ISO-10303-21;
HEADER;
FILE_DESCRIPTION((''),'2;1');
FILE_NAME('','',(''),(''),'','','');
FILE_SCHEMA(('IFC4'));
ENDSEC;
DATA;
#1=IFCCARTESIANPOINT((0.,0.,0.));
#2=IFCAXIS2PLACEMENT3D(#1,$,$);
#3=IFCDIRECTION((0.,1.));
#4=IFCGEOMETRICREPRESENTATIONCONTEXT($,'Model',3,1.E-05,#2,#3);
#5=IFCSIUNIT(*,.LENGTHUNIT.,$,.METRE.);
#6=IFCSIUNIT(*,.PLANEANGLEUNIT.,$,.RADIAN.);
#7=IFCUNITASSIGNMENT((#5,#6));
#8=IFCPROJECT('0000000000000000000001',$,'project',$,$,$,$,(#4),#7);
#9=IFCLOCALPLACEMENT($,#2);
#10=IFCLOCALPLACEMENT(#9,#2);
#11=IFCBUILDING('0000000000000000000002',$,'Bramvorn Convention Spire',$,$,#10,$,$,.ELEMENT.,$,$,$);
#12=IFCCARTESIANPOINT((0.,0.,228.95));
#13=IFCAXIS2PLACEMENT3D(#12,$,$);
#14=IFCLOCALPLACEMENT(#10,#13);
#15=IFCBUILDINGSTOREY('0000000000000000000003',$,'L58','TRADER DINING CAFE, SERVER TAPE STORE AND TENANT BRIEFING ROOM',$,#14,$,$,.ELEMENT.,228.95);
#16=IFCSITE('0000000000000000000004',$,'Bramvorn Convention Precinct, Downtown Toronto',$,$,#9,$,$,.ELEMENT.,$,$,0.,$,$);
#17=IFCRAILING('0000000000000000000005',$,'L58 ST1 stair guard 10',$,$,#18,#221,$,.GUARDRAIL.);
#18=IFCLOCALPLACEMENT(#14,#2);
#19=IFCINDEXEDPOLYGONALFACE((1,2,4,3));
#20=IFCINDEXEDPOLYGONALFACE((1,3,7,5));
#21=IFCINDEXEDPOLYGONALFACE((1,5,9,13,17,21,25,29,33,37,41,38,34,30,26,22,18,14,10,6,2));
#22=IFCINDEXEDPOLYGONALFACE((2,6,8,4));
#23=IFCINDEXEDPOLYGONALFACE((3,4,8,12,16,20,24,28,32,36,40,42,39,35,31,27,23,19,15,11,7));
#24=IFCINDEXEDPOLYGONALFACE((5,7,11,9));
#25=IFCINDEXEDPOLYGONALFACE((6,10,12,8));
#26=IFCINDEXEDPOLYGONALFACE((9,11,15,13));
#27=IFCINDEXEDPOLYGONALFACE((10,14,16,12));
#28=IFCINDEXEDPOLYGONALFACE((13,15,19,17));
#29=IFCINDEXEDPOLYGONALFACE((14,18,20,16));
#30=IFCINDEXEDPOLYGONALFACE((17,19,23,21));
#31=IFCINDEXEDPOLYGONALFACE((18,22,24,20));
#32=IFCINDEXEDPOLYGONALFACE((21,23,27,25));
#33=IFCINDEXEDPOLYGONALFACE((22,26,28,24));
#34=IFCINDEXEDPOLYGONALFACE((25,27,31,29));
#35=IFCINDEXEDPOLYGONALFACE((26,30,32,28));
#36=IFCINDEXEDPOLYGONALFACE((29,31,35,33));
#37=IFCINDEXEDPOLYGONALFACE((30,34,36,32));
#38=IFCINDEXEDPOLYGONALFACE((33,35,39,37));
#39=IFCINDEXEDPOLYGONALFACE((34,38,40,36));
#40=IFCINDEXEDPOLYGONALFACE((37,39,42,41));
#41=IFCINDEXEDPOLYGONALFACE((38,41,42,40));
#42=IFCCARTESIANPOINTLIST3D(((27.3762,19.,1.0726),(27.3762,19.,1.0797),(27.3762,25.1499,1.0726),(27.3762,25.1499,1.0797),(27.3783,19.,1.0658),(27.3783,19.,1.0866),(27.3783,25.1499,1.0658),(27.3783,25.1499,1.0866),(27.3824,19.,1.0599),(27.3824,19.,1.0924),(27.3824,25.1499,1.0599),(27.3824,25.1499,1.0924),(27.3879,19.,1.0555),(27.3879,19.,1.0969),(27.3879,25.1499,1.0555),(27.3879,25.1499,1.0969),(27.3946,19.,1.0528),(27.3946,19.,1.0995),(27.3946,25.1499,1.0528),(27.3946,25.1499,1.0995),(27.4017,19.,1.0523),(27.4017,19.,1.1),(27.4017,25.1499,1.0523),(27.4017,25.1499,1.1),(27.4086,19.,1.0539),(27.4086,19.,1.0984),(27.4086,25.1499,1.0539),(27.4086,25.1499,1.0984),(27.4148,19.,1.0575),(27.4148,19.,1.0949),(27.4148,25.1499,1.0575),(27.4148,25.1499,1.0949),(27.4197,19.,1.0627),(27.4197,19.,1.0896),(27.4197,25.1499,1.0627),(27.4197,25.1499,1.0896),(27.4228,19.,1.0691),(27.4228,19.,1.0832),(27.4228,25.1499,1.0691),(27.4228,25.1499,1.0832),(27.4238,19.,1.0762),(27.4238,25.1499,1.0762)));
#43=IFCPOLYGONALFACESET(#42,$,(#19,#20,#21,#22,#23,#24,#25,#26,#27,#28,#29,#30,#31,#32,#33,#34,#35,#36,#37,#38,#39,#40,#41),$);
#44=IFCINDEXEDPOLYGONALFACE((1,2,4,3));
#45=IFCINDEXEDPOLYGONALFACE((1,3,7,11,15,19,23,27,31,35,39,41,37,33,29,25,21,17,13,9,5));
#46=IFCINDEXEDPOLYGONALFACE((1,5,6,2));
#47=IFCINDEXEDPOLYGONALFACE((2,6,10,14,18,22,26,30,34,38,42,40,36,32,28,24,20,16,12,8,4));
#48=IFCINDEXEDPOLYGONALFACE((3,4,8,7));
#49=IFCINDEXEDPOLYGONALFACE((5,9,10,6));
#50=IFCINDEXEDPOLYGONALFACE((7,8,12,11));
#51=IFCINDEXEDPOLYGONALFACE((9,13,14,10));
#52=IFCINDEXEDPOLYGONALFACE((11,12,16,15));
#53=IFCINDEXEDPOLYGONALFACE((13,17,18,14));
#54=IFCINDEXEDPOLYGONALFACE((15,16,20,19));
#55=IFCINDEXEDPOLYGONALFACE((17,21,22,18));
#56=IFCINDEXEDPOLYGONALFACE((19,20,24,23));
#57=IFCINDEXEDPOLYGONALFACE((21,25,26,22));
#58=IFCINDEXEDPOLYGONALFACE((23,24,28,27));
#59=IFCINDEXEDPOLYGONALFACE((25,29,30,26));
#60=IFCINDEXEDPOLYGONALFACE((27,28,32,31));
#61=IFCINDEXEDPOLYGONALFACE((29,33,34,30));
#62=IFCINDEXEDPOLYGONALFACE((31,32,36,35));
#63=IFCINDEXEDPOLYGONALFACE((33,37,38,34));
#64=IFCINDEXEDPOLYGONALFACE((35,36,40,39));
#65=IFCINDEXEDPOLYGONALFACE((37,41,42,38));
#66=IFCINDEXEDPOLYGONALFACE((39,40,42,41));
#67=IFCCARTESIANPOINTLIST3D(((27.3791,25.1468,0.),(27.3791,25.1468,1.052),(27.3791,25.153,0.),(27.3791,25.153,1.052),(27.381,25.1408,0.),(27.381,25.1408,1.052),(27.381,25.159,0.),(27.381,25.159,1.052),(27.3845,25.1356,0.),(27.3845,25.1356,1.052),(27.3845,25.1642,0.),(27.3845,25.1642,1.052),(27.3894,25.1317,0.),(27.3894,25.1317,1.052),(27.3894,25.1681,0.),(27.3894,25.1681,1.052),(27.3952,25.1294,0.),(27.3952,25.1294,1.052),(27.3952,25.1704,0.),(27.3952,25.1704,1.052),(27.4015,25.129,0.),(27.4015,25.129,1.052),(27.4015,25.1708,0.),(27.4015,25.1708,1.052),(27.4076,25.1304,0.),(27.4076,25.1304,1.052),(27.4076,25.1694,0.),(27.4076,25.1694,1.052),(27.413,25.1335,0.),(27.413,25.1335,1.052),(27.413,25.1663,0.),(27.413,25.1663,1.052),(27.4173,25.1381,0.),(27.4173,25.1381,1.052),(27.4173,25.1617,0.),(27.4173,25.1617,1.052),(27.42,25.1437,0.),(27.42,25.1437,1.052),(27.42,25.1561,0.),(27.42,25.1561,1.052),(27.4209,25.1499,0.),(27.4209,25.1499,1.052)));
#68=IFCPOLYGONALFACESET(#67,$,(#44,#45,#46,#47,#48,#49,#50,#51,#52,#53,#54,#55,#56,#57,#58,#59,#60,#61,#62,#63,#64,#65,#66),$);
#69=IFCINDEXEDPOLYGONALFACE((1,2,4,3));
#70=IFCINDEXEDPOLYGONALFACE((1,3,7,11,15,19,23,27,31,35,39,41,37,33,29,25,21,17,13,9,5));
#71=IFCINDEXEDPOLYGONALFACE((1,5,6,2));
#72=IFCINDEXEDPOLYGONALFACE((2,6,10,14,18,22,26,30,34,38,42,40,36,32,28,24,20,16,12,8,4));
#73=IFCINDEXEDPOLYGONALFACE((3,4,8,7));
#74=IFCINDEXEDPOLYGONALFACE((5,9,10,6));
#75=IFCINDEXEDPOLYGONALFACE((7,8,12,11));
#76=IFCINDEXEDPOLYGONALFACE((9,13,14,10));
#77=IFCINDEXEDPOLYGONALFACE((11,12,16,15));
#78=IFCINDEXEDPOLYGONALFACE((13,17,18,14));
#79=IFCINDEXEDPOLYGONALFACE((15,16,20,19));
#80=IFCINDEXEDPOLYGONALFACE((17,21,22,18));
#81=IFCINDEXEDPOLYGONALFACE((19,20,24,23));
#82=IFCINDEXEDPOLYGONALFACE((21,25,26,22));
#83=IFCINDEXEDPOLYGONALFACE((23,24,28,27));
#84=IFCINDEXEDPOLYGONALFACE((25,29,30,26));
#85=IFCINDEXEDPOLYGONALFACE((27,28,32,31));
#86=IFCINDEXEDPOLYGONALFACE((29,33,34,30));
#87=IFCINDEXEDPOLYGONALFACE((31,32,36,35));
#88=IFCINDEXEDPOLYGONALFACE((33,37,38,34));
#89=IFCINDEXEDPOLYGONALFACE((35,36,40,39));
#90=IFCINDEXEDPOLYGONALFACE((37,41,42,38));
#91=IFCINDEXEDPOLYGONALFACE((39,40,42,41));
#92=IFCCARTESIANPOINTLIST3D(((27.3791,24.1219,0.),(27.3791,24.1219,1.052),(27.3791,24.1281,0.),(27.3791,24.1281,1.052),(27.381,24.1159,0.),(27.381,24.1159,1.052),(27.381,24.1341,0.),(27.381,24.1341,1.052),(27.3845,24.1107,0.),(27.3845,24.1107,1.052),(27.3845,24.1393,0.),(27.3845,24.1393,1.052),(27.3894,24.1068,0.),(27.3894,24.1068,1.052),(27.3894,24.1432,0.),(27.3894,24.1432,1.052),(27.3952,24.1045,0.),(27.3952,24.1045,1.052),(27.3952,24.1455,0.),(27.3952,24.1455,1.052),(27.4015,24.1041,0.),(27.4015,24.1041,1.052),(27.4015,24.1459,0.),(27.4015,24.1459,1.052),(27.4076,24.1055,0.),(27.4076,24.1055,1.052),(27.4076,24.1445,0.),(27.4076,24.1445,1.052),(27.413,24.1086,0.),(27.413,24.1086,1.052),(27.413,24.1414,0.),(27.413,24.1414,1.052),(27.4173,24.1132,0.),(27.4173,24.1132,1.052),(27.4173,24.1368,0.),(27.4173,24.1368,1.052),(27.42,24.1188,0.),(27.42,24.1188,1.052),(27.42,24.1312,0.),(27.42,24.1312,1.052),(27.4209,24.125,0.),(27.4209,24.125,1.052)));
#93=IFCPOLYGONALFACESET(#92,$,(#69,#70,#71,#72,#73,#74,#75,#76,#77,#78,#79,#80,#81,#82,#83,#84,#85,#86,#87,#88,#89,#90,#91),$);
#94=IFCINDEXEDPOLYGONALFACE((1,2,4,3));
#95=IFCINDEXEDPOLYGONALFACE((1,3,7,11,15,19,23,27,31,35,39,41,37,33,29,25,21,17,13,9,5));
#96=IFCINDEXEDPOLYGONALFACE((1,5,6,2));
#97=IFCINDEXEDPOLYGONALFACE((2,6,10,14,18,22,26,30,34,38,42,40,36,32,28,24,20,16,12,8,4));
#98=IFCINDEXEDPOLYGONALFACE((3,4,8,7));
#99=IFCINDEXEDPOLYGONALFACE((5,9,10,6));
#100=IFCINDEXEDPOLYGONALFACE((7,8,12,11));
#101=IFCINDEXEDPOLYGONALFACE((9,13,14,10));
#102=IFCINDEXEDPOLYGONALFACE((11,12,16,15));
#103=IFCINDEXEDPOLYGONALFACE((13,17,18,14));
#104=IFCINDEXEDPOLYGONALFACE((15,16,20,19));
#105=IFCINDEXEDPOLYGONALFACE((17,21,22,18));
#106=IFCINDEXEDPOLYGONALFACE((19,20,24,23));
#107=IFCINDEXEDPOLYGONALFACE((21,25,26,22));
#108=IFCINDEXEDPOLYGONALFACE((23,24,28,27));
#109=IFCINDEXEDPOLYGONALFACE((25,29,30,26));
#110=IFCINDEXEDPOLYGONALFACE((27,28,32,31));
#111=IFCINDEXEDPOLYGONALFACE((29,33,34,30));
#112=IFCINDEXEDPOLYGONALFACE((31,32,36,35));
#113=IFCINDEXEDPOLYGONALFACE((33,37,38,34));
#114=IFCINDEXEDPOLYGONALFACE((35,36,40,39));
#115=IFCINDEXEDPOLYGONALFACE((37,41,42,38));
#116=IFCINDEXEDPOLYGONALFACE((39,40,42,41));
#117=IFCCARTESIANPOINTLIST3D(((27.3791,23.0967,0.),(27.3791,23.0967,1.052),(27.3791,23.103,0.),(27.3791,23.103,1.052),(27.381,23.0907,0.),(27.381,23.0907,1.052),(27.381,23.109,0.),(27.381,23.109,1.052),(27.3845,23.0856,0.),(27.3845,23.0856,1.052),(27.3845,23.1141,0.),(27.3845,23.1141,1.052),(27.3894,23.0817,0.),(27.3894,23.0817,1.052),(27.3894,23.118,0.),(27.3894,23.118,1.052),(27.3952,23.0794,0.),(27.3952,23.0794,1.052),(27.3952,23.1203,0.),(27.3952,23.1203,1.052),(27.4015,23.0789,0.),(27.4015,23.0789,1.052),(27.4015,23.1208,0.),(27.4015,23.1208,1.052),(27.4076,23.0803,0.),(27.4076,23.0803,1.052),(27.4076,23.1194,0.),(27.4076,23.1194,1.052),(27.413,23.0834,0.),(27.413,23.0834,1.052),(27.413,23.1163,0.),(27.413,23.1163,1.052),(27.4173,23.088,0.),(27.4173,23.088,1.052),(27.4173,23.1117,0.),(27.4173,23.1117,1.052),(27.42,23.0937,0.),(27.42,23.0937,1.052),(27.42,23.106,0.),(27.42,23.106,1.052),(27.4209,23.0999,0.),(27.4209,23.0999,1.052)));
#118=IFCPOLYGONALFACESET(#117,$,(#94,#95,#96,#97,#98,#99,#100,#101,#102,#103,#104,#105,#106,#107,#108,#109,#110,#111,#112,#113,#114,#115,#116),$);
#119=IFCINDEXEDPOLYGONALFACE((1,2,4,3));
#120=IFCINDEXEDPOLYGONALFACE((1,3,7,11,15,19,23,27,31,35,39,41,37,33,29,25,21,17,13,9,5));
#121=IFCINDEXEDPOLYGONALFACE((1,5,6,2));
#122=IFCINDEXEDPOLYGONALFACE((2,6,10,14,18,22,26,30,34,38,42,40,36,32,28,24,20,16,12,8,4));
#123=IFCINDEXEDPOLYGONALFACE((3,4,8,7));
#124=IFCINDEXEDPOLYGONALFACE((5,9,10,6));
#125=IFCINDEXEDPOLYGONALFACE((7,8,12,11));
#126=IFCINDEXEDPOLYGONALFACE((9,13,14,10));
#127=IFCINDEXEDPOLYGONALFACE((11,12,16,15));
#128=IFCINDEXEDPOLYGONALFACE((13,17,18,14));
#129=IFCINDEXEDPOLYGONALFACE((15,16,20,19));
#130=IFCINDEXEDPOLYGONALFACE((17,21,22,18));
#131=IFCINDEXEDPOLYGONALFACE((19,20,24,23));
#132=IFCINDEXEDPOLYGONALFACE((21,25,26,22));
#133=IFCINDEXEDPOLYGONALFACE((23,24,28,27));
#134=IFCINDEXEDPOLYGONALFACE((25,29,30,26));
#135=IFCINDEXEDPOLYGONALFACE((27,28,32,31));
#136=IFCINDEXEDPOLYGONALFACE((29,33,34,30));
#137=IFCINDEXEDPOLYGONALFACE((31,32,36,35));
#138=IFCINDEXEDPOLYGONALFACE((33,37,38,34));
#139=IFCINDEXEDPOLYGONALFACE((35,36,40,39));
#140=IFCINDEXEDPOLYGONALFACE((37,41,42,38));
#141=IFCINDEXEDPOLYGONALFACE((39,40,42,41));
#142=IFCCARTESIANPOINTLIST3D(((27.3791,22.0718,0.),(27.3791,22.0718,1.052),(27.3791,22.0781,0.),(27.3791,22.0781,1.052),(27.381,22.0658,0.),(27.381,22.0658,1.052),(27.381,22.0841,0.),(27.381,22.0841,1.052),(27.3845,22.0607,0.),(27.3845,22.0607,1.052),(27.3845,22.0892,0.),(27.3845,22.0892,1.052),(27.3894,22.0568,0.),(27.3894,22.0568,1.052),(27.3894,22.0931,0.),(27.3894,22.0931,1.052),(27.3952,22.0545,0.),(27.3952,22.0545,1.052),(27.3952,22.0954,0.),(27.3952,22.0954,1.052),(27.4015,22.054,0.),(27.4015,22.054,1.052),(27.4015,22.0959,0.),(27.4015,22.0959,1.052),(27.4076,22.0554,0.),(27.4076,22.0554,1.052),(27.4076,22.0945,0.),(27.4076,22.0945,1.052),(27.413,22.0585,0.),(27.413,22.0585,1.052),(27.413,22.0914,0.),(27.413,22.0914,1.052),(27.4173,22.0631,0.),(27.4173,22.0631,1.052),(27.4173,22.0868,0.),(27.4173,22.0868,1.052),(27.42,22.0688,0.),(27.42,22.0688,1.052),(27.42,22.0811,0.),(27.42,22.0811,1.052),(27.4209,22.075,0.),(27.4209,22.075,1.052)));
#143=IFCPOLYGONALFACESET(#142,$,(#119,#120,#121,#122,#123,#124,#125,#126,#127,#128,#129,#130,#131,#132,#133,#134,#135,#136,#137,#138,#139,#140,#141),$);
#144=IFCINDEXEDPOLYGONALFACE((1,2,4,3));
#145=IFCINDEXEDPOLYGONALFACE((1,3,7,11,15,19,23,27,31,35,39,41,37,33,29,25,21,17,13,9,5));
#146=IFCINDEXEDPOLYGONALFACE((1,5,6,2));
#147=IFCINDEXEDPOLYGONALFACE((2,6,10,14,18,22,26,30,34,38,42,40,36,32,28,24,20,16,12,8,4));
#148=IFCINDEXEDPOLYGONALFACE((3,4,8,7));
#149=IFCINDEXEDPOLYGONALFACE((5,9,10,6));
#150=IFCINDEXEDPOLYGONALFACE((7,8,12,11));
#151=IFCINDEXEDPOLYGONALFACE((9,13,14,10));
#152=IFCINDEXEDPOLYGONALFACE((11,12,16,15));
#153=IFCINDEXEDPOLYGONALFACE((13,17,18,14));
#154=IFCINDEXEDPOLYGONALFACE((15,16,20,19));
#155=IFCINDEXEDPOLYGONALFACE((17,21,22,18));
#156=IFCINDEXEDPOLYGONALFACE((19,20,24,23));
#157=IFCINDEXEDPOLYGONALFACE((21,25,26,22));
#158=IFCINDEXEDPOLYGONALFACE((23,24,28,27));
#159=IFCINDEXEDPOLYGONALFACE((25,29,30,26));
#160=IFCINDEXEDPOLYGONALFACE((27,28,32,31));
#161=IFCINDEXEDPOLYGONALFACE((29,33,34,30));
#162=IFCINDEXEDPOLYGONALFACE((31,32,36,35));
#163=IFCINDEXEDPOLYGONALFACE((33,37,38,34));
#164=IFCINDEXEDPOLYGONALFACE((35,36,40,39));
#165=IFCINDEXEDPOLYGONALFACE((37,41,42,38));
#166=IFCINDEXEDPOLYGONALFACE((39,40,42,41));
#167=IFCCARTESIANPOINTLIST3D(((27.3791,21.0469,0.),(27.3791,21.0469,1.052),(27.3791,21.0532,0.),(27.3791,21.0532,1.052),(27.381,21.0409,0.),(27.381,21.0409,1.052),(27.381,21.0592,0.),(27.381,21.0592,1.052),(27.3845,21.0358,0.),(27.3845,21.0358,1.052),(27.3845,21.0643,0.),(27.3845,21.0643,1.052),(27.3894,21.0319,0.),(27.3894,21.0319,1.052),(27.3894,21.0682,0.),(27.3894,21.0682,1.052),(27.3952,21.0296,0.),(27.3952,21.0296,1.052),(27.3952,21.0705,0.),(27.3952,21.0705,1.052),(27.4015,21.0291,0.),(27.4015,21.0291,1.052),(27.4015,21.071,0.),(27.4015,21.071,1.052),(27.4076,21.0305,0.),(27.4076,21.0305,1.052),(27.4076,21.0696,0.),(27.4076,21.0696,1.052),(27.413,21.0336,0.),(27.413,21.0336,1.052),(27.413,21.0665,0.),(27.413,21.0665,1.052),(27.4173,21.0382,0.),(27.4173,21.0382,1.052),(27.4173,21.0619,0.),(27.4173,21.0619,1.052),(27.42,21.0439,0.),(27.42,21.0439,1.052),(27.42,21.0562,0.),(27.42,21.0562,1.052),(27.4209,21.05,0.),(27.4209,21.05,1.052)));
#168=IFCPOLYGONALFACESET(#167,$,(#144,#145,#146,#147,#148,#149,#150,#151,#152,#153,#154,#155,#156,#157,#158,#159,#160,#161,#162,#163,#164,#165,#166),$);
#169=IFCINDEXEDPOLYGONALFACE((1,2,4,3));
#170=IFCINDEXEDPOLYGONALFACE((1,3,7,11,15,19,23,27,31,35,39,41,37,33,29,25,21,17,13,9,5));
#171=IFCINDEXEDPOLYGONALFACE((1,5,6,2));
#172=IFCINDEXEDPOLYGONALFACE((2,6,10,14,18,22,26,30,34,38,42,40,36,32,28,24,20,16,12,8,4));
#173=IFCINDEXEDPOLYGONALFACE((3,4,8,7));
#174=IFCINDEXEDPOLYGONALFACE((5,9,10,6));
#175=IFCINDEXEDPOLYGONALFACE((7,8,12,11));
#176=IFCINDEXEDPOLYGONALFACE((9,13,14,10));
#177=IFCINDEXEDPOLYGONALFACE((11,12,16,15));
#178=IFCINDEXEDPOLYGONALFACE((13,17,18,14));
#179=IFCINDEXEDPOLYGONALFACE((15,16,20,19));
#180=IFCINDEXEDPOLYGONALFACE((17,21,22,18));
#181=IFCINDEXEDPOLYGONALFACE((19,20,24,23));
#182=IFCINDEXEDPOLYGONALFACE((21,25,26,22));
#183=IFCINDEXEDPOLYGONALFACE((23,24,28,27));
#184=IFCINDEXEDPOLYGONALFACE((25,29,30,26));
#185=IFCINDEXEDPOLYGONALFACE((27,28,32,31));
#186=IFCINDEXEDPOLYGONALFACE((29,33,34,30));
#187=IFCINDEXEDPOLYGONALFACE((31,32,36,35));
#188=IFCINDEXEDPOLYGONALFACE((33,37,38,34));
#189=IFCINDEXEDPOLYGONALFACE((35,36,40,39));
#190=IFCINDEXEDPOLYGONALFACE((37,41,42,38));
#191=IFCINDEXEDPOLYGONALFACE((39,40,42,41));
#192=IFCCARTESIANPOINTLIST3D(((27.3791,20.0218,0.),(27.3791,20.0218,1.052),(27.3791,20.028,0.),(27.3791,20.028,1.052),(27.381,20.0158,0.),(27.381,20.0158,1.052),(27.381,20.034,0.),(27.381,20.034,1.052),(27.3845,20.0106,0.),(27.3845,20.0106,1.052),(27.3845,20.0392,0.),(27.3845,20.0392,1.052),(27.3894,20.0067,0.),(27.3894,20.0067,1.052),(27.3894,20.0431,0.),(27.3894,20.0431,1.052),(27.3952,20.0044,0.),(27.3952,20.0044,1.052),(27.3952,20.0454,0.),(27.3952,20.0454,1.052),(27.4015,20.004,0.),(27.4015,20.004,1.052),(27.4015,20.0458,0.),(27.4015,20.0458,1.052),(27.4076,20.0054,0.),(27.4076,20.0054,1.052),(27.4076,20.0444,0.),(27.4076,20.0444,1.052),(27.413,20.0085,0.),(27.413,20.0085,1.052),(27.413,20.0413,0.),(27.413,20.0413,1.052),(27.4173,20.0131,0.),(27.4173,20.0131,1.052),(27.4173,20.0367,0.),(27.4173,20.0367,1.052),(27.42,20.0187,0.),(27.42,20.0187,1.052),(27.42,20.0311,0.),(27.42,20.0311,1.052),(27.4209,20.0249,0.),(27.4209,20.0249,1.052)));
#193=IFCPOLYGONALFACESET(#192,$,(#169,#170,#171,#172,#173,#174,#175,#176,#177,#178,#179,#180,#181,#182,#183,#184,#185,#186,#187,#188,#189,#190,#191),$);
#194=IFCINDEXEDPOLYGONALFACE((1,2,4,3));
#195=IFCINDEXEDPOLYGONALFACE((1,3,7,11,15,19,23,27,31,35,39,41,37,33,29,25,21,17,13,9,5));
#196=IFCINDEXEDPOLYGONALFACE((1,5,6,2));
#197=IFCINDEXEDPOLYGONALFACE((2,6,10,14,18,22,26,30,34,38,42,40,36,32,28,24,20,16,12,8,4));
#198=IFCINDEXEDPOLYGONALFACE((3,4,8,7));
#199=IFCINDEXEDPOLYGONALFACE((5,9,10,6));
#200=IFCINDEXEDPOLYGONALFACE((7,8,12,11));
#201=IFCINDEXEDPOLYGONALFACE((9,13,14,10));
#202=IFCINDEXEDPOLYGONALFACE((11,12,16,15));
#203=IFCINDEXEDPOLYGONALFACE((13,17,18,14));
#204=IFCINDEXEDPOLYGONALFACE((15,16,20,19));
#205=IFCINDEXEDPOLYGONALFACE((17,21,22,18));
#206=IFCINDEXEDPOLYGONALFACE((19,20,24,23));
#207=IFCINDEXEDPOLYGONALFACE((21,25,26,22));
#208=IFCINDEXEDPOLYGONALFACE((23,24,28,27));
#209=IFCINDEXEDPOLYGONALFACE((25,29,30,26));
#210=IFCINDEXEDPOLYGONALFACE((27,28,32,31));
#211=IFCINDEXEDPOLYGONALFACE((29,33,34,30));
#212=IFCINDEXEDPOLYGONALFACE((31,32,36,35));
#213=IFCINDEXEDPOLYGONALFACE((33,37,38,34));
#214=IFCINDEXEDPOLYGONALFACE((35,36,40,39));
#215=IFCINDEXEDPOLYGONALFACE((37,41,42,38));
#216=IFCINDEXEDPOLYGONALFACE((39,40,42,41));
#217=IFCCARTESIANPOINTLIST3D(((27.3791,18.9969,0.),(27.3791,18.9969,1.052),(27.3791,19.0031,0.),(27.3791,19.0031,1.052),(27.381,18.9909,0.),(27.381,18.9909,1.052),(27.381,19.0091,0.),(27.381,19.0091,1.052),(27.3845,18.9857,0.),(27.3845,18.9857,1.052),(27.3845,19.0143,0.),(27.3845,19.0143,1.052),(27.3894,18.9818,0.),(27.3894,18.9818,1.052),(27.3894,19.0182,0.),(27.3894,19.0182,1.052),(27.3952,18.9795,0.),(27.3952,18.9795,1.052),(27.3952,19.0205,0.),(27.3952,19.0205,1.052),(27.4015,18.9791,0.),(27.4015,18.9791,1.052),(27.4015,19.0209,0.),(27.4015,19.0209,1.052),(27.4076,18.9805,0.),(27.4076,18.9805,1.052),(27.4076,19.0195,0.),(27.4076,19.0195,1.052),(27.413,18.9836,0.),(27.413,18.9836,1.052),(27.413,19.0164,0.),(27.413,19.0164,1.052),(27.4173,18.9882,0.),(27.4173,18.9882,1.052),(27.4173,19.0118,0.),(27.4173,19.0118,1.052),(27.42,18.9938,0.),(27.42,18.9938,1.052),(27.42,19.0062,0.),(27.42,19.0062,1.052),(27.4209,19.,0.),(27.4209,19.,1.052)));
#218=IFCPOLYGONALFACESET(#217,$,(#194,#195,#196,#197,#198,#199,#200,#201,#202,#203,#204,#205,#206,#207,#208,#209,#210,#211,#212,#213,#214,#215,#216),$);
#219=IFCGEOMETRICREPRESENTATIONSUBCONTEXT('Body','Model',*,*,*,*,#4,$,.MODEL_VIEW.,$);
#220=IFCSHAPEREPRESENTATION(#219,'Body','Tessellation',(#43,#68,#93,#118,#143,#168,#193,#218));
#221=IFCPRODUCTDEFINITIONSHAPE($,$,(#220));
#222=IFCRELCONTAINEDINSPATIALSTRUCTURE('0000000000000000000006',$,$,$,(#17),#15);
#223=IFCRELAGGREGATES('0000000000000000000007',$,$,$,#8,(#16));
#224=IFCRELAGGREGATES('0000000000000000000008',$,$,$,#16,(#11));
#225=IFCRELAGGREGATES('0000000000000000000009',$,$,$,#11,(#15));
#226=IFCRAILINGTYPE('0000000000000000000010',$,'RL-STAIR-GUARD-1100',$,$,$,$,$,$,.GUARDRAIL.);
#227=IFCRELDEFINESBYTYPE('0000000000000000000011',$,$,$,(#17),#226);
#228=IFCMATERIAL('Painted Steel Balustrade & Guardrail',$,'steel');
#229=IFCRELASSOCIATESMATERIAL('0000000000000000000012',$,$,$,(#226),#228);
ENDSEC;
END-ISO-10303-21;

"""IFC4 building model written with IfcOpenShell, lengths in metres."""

from ifc_helpers import new_model, si_unit, direction, frame, origin, origin_2d, place, context, subcontext, project, spatial, circle, extrude, material, type_object, element, save


model = new_model("IFC4")

# Units and contexts
model_context = context("Model", 3, precision=1e-05, world=origin(), true_north=direction((0.0, 1.0)))
body_context = subcontext(model_context, "Body", "Model", "MODEL_VIEW")
ifc_project = project(units=[si_unit("LENGTHUNIT", "METRE"), si_unit("PLANEANGLEUNIT", "RADIAN")], contexts=[model_context])

# Site, building, storey
site_placement = place(None, origin())
site = spatial("IfcSite", under=ifc_project, at=site_placement, Name="Bramvorn Convention Precinct, Downtown Toronto", CompositionType="ELEMENT", RefElevation=0.0)
building_placement = place(site_placement, origin())
building = spatial("IfcBuilding", under=site, at=building_placement, Name="Bramvorn Convention Spire", CompositionType="ELEMENT")
storey_placement = place(building_placement, frame((0.0, 0.0, 228.95)))
storey = spatial("IfcBuildingStorey", under=building, at=storey_placement, Name="L58", Description="TRADER DINING CAFE, SERVER TAPE STORE AND TENANT BRIEFING ROOM", CompositionType="ELEMENT", Elevation=228.95)

# Railing
ifc_material_1 = material(Name="Painted Steel Balustrade & Guardrail", Category="steel")
railing_type = type_object("IfcRailingType", Name="RL-STAIR-GUARD-1100", PredefinedType="GUARDRAIL", material=ifc_material_1)
railing_1_placement = place(storey_placement, frame((27.3999, 25.1499, 0.0)))
element("IfcRailing", 1, at=railing_1_placement, inside=storey, type_object=railing_type, Name="L58 ST1 stair guard 10", PredefinedType="GUARDRAIL", context=body_context, shape_type="SweptSolid", body=[
    extrude(circle(Radius=0.0239, at=origin_2d()), frame((0.0, 0.0, 1.0762), z_axis=(0.0, -1.0, 0.0), x_axis=(1.0, 0.0, 0.0)), (0.0, 0.0, 1.0), 6.1499),
    extrude(circle(Radius=0.021, at=origin_2d()), origin(), (0.0, 0.0, 1.0), 1.052),
    extrude(circle(Radius=0.021, at=origin_2d()), frame((0.0, -1.0249, 0.0)), (0.0, 0.0, 1.0), 1.052),
    extrude(circle(Radius=0.021, at=origin_2d()), frame((0.0, -2.05, 0.0)), (0.0, 0.0, 1.0), 1.052),
    extrude(circle(Radius=0.021, at=origin_2d()), frame((0.0, -3.075, 0.0)), (0.0, 0.0, 1.0), 1.052),
    extrude(circle(Radius=0.021, at=origin_2d()), frame((0.0, -4.0999, 0.0)), (0.0, 0.0, 1.0), 1.052),
    extrude(circle(Radius=0.021, at=origin_2d()), frame((0.0, -5.125, 0.0)), (0.0, 0.0, 1.0), 1.052),
    extrude(circle(Radius=0.021, at=origin_2d()), frame((0.0, -6.1499, 0.0)), (0.0, 0.0, 1.0), 1.052),
])

save(model, "model.ifc")
